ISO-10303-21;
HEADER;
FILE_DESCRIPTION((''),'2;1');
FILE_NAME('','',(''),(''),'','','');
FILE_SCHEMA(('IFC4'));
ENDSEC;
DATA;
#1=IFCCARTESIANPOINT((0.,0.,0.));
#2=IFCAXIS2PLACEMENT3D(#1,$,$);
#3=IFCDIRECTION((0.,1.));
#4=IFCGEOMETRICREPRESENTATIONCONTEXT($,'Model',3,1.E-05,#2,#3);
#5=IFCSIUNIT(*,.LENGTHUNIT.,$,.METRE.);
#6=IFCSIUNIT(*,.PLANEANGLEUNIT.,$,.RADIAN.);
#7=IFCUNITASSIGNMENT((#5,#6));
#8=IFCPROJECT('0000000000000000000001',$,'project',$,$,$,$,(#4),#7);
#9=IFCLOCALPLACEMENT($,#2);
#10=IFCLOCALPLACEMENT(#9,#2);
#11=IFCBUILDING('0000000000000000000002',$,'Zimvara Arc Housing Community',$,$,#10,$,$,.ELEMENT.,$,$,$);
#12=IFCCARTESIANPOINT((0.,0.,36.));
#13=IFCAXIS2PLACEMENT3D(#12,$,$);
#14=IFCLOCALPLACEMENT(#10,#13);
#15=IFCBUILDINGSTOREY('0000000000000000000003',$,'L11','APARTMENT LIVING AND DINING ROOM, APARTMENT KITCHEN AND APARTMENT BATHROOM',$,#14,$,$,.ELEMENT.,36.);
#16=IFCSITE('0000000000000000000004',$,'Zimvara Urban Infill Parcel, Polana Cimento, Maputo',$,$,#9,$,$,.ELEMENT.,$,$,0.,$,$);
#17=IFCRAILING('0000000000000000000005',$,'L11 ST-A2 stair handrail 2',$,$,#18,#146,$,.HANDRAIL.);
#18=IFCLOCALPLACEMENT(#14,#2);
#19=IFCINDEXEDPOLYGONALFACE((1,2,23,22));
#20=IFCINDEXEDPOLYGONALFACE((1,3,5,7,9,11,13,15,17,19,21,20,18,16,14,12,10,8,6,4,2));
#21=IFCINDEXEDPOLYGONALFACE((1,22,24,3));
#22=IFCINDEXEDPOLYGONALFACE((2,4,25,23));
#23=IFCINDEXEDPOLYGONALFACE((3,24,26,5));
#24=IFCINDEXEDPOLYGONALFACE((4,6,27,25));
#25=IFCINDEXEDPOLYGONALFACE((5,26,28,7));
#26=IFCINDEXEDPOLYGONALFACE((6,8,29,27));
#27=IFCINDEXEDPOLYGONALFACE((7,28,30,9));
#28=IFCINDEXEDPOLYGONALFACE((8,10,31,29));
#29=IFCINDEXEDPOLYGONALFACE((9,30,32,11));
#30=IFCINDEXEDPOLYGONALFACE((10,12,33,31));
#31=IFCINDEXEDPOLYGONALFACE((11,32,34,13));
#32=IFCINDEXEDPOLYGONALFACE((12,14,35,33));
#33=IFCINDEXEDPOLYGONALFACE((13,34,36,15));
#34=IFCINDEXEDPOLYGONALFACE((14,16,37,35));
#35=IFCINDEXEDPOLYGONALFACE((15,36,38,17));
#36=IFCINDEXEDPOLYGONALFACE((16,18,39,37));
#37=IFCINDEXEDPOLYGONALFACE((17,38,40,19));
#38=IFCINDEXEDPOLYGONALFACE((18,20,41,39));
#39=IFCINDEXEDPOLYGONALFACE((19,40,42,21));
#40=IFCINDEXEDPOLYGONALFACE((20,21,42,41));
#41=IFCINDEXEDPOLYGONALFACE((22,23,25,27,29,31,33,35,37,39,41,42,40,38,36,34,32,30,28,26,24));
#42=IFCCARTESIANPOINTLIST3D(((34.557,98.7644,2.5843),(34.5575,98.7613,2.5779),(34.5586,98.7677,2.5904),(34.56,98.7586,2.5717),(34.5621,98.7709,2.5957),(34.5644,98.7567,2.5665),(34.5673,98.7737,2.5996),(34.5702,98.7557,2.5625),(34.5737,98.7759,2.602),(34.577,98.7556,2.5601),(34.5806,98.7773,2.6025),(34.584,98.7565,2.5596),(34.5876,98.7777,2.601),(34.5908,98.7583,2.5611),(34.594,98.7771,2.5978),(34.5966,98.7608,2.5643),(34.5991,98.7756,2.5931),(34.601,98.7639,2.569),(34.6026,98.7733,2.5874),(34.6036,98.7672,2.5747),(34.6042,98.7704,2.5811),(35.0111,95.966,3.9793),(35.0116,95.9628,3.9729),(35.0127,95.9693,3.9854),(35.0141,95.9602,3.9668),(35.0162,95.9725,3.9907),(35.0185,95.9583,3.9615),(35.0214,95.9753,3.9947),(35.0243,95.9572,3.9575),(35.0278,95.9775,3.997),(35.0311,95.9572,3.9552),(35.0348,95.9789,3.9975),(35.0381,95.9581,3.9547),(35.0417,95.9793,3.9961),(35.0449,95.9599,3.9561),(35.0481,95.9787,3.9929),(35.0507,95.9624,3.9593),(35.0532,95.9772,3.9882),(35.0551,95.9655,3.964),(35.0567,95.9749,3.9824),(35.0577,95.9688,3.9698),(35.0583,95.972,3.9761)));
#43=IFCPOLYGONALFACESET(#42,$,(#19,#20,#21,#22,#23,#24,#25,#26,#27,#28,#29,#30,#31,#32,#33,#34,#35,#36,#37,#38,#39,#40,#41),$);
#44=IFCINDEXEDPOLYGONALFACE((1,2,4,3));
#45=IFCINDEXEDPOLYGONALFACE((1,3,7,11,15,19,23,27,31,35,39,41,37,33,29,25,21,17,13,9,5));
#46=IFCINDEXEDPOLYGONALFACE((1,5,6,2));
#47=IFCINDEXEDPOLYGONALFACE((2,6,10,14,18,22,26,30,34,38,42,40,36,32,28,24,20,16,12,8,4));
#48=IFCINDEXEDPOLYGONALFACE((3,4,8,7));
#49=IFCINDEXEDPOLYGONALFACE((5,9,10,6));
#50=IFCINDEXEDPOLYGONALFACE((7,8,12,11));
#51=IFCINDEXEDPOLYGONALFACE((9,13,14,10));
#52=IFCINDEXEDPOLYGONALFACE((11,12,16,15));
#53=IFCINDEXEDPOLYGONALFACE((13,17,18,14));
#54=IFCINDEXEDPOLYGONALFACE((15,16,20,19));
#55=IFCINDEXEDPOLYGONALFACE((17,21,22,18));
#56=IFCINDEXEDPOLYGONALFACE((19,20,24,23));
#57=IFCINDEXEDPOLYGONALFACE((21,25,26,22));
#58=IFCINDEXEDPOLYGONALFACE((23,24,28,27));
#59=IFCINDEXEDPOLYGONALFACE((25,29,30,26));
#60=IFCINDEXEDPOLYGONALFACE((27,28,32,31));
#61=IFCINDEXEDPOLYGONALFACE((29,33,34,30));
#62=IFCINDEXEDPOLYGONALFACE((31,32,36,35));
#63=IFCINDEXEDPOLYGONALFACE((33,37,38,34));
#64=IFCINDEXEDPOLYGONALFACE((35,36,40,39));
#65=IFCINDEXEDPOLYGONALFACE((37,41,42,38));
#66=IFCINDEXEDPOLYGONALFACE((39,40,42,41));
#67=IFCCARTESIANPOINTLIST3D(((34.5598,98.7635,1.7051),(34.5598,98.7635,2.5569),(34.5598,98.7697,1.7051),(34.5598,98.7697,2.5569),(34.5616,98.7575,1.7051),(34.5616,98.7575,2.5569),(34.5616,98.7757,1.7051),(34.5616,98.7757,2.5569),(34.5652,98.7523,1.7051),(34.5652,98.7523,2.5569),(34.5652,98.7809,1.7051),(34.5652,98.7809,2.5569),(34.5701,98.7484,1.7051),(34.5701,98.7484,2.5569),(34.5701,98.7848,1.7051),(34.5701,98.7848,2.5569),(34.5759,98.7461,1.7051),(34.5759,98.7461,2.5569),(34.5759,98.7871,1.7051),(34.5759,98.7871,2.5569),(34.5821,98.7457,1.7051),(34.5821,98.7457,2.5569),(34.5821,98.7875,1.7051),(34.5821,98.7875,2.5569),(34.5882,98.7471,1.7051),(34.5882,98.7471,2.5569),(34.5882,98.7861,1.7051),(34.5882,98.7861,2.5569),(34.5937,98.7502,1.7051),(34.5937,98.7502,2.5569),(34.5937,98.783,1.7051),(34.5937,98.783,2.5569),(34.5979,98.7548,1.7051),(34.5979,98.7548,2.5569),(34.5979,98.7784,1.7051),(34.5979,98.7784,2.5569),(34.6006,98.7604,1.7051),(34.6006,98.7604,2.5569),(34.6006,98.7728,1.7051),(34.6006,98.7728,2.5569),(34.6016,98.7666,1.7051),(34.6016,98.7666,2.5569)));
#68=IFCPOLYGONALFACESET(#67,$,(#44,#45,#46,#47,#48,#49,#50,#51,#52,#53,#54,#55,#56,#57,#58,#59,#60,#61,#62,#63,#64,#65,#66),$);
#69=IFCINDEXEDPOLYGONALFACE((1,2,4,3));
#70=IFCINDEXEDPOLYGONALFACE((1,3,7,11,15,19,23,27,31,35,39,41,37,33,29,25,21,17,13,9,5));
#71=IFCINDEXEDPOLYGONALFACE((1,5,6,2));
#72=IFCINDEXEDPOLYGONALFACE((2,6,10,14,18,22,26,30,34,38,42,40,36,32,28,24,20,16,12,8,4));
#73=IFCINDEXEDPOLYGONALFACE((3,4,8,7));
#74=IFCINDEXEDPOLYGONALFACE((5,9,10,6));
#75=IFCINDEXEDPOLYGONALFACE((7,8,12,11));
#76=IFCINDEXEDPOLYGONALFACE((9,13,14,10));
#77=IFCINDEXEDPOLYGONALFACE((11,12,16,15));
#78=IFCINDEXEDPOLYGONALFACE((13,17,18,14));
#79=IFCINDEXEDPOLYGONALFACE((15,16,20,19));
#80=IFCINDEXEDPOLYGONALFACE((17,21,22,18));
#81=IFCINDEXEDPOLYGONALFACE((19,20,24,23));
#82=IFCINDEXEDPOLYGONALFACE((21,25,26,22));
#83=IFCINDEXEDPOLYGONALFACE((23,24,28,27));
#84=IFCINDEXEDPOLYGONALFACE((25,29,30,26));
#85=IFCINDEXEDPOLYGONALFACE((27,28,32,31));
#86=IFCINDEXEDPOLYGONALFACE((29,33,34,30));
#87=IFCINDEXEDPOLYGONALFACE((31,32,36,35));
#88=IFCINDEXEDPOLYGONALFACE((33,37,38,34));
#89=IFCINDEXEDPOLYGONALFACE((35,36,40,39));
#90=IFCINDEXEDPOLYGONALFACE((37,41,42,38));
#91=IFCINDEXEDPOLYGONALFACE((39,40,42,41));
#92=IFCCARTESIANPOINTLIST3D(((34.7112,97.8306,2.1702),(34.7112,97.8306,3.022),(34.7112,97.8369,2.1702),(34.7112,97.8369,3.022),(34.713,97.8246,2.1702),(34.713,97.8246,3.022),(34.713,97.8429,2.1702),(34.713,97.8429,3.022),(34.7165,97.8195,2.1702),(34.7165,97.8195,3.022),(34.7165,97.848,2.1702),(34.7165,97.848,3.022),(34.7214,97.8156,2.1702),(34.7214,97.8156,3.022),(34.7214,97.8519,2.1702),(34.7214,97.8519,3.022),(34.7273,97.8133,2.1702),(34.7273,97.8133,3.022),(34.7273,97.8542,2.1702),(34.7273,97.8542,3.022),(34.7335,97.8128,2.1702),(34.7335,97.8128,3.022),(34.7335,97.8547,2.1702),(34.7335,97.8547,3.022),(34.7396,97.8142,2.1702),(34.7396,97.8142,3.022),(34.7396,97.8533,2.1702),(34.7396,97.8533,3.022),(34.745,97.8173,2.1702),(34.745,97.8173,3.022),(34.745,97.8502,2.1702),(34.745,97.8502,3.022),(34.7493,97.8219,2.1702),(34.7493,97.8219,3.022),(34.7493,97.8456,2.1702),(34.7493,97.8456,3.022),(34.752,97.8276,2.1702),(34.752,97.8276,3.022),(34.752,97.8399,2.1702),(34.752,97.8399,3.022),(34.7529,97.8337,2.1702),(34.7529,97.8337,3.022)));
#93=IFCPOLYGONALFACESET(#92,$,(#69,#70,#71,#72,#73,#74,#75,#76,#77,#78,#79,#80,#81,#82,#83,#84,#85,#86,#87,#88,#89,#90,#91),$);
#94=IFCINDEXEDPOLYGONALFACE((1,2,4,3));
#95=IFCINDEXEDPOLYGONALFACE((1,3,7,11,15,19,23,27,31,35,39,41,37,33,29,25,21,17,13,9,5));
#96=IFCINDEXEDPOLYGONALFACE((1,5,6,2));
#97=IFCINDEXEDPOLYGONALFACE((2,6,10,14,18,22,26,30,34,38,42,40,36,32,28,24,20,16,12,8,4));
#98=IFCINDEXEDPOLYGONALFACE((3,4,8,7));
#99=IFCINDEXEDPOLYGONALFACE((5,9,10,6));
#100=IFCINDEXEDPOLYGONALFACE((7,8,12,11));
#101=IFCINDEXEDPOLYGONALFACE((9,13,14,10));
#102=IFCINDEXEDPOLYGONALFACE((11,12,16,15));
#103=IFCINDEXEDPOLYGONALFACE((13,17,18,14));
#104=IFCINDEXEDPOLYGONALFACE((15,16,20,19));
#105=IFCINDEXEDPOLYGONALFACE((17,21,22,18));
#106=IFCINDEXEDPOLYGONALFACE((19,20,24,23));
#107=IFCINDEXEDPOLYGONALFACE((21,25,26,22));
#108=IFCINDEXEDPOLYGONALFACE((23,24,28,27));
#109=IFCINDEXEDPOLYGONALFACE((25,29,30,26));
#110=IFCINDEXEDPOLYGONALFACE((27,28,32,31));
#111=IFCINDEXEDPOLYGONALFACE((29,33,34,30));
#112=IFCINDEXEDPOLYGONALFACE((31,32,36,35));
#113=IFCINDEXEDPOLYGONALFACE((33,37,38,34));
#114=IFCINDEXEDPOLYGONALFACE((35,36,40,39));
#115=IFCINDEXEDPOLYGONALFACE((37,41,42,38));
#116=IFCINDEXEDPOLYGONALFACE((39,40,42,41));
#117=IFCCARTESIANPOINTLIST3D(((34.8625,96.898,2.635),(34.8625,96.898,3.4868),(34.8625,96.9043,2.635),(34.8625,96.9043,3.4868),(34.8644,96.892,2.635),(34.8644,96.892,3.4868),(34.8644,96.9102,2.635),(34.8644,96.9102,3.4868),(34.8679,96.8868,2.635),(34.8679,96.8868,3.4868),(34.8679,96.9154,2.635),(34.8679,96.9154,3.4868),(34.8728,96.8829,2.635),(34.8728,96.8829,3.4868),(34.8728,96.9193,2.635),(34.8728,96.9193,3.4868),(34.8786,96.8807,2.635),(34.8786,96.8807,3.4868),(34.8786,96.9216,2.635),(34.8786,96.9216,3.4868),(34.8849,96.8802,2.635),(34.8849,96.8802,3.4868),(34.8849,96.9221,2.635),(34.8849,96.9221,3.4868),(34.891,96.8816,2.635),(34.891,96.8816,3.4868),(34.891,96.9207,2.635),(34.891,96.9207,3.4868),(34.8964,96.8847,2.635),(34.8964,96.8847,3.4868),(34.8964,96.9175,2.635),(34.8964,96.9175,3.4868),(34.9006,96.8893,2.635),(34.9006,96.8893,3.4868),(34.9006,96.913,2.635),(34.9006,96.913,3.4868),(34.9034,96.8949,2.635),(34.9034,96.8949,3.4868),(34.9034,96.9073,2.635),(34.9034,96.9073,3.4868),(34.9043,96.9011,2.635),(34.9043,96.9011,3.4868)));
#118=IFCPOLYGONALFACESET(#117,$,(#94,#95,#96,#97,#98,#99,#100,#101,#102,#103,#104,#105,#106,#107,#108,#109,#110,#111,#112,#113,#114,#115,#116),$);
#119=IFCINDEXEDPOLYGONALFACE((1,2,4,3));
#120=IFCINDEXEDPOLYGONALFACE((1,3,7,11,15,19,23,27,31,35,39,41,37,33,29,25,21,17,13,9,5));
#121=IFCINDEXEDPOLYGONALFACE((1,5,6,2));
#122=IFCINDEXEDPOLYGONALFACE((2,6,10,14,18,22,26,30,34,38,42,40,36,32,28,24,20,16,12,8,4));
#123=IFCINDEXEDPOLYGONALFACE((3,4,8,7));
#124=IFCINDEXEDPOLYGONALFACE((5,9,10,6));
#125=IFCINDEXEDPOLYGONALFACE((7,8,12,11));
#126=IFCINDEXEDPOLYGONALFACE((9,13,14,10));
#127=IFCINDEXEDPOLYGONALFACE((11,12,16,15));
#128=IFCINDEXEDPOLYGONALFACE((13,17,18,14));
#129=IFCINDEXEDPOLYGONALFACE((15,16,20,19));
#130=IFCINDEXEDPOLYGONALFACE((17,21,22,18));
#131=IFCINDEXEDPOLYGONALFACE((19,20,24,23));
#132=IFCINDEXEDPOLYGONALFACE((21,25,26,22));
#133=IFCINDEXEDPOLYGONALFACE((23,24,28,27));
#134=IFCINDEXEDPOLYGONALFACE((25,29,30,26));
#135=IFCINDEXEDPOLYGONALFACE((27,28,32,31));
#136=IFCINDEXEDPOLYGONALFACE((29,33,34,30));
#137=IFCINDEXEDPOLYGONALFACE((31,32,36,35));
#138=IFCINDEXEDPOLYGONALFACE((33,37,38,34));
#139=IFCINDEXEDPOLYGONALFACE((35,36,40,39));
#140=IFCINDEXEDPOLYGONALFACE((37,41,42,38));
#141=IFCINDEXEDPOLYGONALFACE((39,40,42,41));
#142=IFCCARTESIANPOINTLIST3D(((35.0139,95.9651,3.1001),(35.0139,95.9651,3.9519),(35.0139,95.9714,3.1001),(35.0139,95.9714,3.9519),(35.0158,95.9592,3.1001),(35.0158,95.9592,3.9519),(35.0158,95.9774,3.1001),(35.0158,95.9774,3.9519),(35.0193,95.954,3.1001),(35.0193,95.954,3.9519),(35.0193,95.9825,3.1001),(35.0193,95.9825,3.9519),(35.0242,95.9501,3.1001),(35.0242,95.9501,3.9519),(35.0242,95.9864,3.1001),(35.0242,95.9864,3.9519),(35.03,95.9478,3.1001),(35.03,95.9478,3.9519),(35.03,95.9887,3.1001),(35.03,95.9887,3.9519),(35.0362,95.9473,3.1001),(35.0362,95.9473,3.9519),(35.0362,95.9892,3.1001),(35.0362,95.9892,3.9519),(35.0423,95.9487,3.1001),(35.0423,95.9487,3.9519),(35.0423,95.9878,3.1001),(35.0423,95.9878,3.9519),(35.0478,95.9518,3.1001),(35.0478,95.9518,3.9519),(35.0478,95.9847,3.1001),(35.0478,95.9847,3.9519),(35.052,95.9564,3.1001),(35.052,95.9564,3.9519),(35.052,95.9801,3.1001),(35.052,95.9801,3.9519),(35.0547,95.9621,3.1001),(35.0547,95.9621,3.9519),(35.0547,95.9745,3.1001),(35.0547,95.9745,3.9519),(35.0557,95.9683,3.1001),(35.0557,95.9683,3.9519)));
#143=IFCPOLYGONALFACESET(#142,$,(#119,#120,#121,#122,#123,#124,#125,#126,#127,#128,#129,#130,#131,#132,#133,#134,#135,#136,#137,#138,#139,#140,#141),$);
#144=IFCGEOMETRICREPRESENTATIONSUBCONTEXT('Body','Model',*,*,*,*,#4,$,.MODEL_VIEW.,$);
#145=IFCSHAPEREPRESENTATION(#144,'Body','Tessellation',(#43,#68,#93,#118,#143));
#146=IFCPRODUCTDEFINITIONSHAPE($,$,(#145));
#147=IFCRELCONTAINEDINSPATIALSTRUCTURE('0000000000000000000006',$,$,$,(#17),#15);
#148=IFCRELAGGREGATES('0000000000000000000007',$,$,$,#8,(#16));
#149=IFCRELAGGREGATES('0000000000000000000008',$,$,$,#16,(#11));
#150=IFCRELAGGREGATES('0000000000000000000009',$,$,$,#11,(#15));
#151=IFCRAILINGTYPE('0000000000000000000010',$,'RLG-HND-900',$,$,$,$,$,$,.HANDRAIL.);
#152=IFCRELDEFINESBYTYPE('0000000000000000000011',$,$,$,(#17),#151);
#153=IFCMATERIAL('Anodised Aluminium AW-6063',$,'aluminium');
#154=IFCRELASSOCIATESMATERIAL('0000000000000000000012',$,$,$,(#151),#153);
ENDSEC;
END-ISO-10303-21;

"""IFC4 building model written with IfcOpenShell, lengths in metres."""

from ifc_helpers import new_model, si_unit, direction, frame, origin, origin_2d, place, context, subcontext, project, spatial, circle, extrude, material, type_object, element, save


model = new_model("IFC4")

# Units and contexts
model_context = context("Model", 3, precision=1e-05, world=origin(), true_north=direction((0.0, 1.0)))
body_context = subcontext(model_context, "Body", "Model", "MODEL_VIEW")
ifc_project = project(units=[si_unit("LENGTHUNIT", "METRE"), si_unit("PLANEANGLEUNIT", "RADIAN")], contexts=[model_context])

# Site, building, storey
site_placement = place(None, origin())
site = spatial("IfcSite", under=ifc_project, at=site_placement, Name="Zimvara Urban Infill Parcel, Polana Cimento, Maputo", CompositionType="ELEMENT", RefElevation=0.0)
building_placement = place(site_placement, origin())
building = spatial("IfcBuilding", under=site, at=building_placement, Name="Zimvara Arc Housing Community", CompositionType="ELEMENT")
storey_placement = place(building_placement, frame((0.0, 0.0, 36.0)))
storey = spatial("IfcBuildingStorey", under=building, at=storey_placement, Name="L11", Description="APARTMENT LIVING AND DINING ROOM, APARTMENT KITCHEN AND APARTMENT BATHROOM", CompositionType="ELEMENT", Elevation=36.0)

# Railing
ifc_material_1 = material(Name="Anodised Aluminium AW-6063", Category="aluminium")
railing_type_1 = type_object("IfcRailingType", Name="RLG-HND-900", PredefinedType="HANDRAIL", material=ifc_material_1)
railing_1_placement = place(storey_placement, frame((34.5806, 98.7666, 1.7051)))
element("IfcRailing", 1, at=railing_1_placement, inside=storey, type_object=railing_type_1, Name="L11 ST-A2 stair handrail 2", PredefinedType="HANDRAIL", context=body_context, shape_type="SweptSolid", body=[
    extrude(circle(Radius=0.0239, at=origin_2d()), frame((0.0, 0.0, 0.876), z_axis=(0.143722, -0.885666, 0.44152), x_axis=(0.987088, 0.16018, 0.0)), (0.0, 0.0, 1.0), 3.1597),
    extrude(circle(Radius=0.021, at=origin_2d()), origin(), (0.0, 0.0, 1.0), 0.8518),
    extrude(circle(Radius=0.021, at=origin_2d()), frame((0.1514, -0.9329, 0.4651)), (0.0, 0.0, 1.0), 0.8518),
    extrude(circle(Radius=0.021, at=origin_2d()), frame((0.3027, -1.8655, 0.9299)), (0.0, 0.0, 1.0), 0.8518),
    extrude(circle(Radius=0.021, at=origin_2d()), frame((0.4541, -2.7983, 1.395)), (0.0, 0.0, 1.0), 0.8518),
])

save(model, "model.ifc")
